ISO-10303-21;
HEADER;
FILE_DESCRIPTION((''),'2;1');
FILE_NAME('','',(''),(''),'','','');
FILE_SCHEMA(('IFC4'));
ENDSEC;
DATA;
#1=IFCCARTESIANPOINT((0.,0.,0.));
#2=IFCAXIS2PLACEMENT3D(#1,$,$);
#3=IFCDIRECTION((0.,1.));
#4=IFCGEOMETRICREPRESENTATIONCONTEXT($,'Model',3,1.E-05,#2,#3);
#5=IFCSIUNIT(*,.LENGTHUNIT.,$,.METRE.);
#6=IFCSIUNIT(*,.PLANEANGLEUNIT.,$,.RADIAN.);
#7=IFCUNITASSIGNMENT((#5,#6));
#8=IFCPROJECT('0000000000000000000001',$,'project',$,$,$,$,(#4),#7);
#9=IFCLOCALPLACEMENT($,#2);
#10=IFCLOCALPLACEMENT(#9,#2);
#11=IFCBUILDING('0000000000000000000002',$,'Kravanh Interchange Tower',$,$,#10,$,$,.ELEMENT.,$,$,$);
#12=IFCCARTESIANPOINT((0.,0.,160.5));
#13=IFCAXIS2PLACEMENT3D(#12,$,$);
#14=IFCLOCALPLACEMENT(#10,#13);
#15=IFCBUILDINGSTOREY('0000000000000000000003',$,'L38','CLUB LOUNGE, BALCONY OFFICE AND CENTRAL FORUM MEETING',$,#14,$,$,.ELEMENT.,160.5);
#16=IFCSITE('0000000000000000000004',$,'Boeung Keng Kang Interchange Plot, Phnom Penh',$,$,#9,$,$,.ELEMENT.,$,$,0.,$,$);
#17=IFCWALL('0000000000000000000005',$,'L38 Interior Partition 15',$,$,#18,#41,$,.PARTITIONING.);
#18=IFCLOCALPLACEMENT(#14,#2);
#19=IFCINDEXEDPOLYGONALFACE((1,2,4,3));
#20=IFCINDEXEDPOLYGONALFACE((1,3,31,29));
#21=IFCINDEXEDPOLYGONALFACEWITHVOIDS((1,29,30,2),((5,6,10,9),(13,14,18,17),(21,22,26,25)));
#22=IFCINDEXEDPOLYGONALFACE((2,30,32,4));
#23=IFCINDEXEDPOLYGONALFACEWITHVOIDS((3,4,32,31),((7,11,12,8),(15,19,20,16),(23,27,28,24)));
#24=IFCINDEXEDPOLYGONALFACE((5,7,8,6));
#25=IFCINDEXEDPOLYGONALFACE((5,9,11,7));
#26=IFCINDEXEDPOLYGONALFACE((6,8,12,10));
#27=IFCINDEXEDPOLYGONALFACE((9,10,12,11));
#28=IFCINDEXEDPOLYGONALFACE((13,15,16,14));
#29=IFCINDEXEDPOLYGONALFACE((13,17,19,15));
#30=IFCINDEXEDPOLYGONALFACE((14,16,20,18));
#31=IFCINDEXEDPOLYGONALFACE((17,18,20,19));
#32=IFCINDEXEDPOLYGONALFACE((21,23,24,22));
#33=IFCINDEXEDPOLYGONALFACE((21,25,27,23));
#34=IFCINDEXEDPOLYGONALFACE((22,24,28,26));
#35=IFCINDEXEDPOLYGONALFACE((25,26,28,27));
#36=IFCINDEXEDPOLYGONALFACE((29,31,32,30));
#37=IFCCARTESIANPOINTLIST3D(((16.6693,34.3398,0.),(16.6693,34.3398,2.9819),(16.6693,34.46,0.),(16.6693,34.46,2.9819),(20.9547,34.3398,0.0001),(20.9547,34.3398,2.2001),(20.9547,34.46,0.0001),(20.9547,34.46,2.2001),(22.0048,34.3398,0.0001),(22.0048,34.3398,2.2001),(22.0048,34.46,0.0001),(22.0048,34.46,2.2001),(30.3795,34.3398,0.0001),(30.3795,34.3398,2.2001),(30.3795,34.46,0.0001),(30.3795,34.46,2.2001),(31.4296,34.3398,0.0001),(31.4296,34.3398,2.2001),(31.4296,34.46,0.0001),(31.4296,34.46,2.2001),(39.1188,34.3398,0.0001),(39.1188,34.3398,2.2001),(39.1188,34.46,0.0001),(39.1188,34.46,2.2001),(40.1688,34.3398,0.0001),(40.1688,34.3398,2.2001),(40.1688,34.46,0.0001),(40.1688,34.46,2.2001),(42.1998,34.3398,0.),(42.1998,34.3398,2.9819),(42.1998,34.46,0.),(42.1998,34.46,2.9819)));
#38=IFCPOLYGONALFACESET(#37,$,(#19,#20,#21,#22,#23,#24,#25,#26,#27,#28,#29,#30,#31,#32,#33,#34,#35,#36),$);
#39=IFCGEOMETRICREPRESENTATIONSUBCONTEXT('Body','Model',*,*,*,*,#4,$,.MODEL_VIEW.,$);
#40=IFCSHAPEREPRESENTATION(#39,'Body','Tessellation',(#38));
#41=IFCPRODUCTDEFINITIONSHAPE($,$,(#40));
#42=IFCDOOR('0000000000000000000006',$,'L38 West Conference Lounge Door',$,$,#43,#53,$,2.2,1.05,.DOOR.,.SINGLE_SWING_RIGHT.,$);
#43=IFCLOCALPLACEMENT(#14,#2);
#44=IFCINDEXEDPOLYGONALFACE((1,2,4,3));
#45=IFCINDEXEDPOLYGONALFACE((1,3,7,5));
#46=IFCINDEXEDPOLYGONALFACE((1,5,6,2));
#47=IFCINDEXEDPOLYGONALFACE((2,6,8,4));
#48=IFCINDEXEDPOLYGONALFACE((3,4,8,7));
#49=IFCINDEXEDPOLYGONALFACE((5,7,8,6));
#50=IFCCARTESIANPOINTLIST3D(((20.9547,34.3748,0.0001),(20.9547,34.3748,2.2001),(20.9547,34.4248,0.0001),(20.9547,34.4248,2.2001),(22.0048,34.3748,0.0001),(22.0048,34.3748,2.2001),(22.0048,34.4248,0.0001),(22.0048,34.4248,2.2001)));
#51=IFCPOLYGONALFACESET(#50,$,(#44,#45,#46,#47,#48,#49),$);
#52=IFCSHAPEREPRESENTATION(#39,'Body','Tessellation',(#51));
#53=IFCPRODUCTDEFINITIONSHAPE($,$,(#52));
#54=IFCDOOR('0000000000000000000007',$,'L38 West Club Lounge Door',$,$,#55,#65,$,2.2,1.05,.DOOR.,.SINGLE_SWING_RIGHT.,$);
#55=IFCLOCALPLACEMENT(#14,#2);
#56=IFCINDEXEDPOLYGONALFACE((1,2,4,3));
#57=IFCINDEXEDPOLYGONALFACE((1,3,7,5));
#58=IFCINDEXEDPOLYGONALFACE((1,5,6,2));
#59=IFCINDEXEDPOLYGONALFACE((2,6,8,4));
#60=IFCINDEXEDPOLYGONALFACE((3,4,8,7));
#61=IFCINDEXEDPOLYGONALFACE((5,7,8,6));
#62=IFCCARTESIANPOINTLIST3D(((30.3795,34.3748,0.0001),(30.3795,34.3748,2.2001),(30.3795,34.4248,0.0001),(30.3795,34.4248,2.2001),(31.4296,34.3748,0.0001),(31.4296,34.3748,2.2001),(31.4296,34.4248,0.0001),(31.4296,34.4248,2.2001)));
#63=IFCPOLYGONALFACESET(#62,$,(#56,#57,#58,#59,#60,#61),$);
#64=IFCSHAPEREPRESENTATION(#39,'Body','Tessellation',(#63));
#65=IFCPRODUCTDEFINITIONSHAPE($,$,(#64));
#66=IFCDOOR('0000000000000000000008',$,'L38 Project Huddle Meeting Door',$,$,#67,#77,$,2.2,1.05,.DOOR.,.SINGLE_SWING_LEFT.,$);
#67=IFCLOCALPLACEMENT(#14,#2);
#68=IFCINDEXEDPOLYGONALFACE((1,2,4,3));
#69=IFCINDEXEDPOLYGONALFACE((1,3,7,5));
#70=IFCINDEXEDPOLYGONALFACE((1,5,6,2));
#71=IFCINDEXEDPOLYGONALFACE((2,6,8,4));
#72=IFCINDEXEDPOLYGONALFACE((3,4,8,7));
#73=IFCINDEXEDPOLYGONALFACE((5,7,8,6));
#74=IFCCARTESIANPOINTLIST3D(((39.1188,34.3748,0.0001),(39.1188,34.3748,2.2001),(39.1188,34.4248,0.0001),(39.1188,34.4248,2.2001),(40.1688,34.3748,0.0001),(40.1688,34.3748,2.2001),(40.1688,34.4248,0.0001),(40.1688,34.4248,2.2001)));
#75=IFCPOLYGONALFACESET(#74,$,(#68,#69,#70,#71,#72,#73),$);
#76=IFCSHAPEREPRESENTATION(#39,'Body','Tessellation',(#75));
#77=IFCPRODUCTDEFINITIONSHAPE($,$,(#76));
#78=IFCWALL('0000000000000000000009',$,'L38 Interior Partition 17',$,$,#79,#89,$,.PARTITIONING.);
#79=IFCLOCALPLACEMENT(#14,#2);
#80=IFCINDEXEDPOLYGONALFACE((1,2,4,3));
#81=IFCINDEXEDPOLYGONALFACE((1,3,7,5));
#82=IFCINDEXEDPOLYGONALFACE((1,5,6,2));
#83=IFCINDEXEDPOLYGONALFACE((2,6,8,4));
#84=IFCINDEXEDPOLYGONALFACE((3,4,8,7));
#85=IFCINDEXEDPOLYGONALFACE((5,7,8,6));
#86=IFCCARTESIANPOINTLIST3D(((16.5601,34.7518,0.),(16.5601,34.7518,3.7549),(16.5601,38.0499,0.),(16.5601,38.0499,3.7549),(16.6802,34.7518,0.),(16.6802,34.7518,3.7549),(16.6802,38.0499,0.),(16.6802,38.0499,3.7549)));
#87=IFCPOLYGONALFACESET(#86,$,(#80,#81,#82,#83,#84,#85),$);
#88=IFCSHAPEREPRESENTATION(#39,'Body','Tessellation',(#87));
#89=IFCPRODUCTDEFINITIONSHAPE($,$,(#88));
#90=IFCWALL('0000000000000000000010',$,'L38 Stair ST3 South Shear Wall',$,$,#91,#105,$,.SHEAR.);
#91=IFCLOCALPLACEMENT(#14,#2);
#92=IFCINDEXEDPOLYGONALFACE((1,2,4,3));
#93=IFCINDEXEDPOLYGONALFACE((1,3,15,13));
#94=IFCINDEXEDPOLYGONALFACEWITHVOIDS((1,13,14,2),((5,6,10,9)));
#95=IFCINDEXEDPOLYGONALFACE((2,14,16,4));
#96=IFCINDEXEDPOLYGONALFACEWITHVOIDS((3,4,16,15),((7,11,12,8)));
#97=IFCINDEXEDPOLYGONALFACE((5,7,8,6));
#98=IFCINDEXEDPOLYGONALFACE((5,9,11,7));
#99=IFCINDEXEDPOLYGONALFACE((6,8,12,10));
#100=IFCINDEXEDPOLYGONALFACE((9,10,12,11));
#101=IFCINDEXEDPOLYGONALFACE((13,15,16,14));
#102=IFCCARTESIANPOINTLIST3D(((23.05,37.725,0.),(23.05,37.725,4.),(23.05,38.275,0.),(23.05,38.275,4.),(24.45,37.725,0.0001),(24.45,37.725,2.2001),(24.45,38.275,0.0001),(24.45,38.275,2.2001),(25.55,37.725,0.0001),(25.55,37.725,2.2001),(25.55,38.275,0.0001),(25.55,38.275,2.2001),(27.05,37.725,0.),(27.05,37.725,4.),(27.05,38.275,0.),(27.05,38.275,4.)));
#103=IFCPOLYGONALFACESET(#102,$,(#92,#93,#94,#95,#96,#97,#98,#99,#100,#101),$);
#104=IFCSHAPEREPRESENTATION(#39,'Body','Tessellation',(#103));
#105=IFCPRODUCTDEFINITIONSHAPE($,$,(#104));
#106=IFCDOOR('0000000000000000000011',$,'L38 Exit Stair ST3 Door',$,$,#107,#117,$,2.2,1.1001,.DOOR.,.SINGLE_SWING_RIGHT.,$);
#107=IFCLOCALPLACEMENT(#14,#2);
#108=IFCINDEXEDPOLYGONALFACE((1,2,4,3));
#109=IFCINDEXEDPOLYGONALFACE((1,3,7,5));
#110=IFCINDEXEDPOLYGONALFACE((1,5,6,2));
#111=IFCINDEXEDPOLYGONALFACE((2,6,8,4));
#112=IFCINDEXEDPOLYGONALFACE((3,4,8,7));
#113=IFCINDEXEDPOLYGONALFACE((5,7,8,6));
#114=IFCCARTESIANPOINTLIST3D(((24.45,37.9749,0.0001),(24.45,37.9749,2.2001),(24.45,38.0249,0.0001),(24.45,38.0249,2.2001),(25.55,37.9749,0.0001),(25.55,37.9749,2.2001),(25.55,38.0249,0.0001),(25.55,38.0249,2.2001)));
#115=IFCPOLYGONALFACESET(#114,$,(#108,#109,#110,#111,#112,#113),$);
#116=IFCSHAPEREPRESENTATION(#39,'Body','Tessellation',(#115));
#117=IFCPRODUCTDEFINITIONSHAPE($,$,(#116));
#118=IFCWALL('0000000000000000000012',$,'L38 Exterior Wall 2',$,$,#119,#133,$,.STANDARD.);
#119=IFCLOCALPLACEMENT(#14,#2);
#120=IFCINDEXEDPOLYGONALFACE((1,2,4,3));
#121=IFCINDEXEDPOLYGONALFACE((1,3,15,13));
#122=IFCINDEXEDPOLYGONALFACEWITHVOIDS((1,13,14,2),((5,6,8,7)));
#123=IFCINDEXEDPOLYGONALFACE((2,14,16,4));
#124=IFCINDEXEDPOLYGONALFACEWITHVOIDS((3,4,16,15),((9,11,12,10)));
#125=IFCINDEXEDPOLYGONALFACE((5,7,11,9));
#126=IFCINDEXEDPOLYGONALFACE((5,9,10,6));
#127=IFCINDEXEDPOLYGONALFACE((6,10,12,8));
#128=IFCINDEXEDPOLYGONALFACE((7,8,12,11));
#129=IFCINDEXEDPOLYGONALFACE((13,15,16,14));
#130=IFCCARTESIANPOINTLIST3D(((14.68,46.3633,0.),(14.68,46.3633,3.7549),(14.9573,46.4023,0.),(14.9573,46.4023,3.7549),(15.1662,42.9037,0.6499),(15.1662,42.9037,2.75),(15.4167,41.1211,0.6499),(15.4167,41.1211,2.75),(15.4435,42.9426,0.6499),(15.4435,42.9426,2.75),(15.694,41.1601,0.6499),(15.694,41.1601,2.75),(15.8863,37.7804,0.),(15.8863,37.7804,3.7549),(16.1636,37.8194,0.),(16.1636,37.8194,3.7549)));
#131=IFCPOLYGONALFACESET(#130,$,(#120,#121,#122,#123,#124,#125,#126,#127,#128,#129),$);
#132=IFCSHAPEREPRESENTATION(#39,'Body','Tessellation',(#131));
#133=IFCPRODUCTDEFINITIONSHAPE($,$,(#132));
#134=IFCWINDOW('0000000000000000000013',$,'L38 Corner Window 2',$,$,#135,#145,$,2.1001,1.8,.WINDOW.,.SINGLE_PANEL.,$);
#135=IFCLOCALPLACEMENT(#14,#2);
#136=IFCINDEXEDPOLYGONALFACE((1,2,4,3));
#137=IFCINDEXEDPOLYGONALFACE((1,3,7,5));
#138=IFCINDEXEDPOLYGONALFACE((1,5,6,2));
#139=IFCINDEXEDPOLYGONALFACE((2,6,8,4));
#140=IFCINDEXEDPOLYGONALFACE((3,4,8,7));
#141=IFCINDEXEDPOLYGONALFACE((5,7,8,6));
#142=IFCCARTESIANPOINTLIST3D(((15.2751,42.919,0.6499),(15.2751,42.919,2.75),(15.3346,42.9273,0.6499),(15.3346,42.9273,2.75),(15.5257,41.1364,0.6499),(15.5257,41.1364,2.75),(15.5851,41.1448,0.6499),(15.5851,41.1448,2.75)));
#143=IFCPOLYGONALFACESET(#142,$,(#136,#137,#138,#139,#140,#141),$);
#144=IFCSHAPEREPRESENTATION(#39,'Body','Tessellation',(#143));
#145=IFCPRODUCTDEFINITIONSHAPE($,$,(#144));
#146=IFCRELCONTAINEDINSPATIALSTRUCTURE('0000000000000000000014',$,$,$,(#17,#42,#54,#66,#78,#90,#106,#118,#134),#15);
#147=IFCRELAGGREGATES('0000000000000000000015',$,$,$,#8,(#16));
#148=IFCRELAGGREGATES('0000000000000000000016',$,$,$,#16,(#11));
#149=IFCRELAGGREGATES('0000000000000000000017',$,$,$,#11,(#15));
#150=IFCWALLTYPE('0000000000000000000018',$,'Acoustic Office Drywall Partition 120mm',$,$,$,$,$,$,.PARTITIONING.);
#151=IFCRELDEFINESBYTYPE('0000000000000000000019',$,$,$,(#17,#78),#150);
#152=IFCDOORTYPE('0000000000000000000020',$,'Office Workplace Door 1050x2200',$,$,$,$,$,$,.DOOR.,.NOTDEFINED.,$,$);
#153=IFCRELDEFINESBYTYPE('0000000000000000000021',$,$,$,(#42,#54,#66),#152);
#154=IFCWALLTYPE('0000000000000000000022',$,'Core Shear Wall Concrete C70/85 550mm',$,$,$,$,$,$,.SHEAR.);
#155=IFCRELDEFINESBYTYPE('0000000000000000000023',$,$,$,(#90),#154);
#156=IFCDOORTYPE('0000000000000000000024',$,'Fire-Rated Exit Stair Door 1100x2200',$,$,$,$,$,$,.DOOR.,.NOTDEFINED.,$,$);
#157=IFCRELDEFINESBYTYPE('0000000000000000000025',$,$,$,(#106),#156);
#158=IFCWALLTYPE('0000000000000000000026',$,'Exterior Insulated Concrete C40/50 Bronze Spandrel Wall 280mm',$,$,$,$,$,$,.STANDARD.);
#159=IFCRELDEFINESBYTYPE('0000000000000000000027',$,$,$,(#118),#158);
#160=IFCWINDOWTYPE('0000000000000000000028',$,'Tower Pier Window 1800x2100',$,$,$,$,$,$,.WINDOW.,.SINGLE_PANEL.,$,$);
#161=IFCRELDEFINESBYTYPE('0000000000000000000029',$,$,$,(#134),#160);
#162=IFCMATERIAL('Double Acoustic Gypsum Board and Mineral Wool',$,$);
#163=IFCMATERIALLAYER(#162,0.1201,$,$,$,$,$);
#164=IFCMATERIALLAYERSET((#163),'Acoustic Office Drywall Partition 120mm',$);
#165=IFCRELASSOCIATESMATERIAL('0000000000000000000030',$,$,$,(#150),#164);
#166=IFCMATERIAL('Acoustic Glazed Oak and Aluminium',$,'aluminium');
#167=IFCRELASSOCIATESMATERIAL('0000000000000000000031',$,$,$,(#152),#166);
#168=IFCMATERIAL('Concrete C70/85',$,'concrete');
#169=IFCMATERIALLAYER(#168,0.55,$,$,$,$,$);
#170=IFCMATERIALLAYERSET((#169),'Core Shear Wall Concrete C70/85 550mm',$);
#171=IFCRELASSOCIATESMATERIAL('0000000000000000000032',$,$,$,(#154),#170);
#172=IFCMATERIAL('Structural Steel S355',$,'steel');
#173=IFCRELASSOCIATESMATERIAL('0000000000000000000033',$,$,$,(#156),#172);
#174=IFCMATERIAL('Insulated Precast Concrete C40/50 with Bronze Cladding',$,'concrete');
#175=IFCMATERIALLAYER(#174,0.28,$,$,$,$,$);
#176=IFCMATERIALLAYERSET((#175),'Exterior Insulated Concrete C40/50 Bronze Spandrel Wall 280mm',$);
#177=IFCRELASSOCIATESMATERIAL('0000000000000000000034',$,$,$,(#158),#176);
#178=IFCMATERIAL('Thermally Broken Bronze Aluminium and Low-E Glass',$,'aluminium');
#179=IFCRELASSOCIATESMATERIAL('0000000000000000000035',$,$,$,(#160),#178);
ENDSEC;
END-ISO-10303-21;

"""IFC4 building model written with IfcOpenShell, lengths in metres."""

from ifc_helpers import new_model, si_unit, direction, frame, frame_2d, origin, place, context, subcontext, project, spatial, rectangle, extrude, material, layer, layer_set, type_object, element, fill, save


model = new_model("IFC4")

# Units and contexts
model_context = context("Model", 3, precision=1e-05, world=origin(), true_north=direction((0.0, 1.0)))
body_context = subcontext(model_context, "Body", "Model", "MODEL_VIEW")
ifc_project = project(units=[si_unit("LENGTHUNIT", "METRE"), si_unit("PLANEANGLEUNIT", "RADIAN")], contexts=[model_context])

# Site, building, storey
site_placement = place(None, origin())
site = spatial("IfcSite", under=ifc_project, at=site_placement, Name="Boeung Keng Kang Interchange Plot, Phnom Penh", CompositionType="ELEMENT", RefElevation=0.0)
building_placement = place(site_placement, origin())
building = spatial("IfcBuilding", under=site, at=building_placement, Name="Kravanh Interchange Tower", CompositionType="ELEMENT")
storey_placement = place(building_placement, frame((0.0, 0.0, 160.5)))
storey = spatial("IfcBuildingStorey", under=building, at=storey_placement, Name="L38", Description="CLUB LOUNGE, BALCONY OFFICE AND CENTRAL FORUM MEETING", CompositionType="ELEMENT", Elevation=160.5)

# Shared definitions
ifc_material_1 = material(Name="Double Acoustic Gypsum Board and Mineral Wool")
ifc_layer_1 = layer(ifc_material_1, 0.1201)
ifc_layer_set_1 = layer_set([ifc_layer_1], Name="Acoustic Office Drywall Partition 120mm")
wall_type_1 = type_object("IfcWallType", Name="Acoustic Office Drywall Partition 120mm", PredefinedType="PARTITIONING", material=ifc_layer_set_1)

# Wall, openings, doors
wall_1_placement = place(storey_placement, frame((16.6694, 34.3999, 0.0), z_axis=(0.0, 0.0, 1.0), x_axis=(1.0, 0.0, 0.0)))
wall_1 = element("IfcWall", 1, at=wall_1_placement, inside=storey, type_object=wall_type_1, Name="L38 Interior Partition 15", PredefinedType="PARTITIONING", context=body_context, shape_type="SweptSolid", body=[
    extrude(rectangle(XDim=25.5305, YDim=0.1201, at=frame_2d((12.7651, 0.0))), origin(), (0.0, 0.0, 1.0), 2.9819),
])
opening_1_placement = place(wall_1_placement, frame((4.2854, 0.0, 0.0)))
opening_1 = element("IfcOpeningElement", 2, at=opening_1_placement, cuts=wall_1, PredefinedType="OPENING", context=body_context, shape_type="SweptSolid", body=[
    extrude(rectangle(XDim=1.05, YDim=2.2, at=frame_2d((0.5249, 1.1001))), frame((0.0, 0.0701, 0.0), z_axis=(0.0, -1.0, 0.0), x_axis=(1.0, 0.0, 0.0)), (0.0, 0.0, 1.0), 0.1401),
])
opening_2_placement = place(wall_1_placement, frame((13.7102, 0.0, 0.0)))
opening_2 = element("IfcOpeningElement", 3, at=opening_2_placement, cuts=wall_1, PredefinedType="OPENING", context=body_context, shape_type="SweptSolid", body=[
    extrude(rectangle(XDim=1.05, YDim=2.2, at=frame_2d((0.5249, 1.1001))), frame((0.0, 0.0701, 0.0), z_axis=(0.0, -1.0, 0.0), x_axis=(1.0, 0.0, 0.0)), (0.0, 0.0, 1.0), 0.1401),
])
opening_3_placement = place(wall_1_placement, frame((22.4495, 0.0, 0.0)))
opening_3 = element("IfcOpeningElement", 4, at=opening_3_placement, cuts=wall_1, PredefinedType="OPENING", context=body_context, shape_type="SweptSolid", body=[
    extrude(rectangle(XDim=1.05, YDim=2.2, at=frame_2d((0.5249, 1.1001))), frame((0.0, 0.0701, 0.0), z_axis=(0.0, -1.0, 0.0), x_axis=(1.0, 0.0, 0.0)), (0.0, 0.0, 1.0), 0.1401),
])
ifc_material_2 = material(Name="Acoustic Glazed Oak and Aluminium", Category="aluminium")
door_type_1 = type_object("IfcDoorType", Name="Office Workplace Door 1050x2200", OperationType="NOTDEFINED", PredefinedType="DOOR", material=ifc_material_2)
door_1_placement = place(opening_1_placement, origin())
door_1 = element("IfcDoor", 5, at=door_1_placement, inside=storey, type_object=door_type_1, Name="L38 West Conference Lounge Door", OperationType="SINGLE_SWING_RIGHT", OverallHeight=2.2, OverallWidth=1.05, PredefinedType="DOOR", context=body_context, shape_type="SweptSolid", body=[
    extrude(rectangle(XDim=1.05, YDim=2.2, at=frame_2d((0.5249, 1.1001))), frame((0.0, 0.0249, 0.0), z_axis=(0.0, -1.0, 0.0), x_axis=(1.0, 0.0, 0.0)), (0.0, 0.0, 1.0), 0.05),
])
fill(opening_1, door_1)
door_2_placement = place(opening_2_placement, origin())
door_2 = element("IfcDoor", 6, at=door_2_placement, inside=storey, type_object=door_type_1, Name="L38 West Club Lounge Door", OperationType="SINGLE_SWING_RIGHT", OverallHeight=2.2, OverallWidth=1.05, PredefinedType="DOOR", context=body_context, shape_type="SweptSolid", body=[
    extrude(rectangle(XDim=1.05, YDim=2.2, at=frame_2d((0.5249, 1.1001))), frame((0.0, 0.0249, 0.0), z_axis=(0.0, -1.0, 0.0), x_axis=(1.0, 0.0, 0.0)), (0.0, 0.0, 1.0), 0.05),
])
fill(opening_2, door_2)
door_3_placement = place(opening_3_placement, origin())
door_3 = element("IfcDoor", 7, at=door_3_placement, inside=storey, type_object=door_type_1, Name="L38 Project Huddle Meeting Door", OperationType="SINGLE_SWING_LEFT", OverallHeight=2.2, OverallWidth=1.05, PredefinedType="DOOR", context=body_context, shape_type="SweptSolid", body=[
    extrude(rectangle(XDim=1.05, YDim=2.2, at=frame_2d((0.5249, 1.1001))), frame((0.0, 0.0249, 0.0), z_axis=(0.0, -1.0, 0.0), x_axis=(1.0, 0.0, 0.0)), (0.0, 0.0, 1.0), 0.05),
])
fill(opening_3, door_3)

# Wall
wall_2_placement = place(storey_placement, frame((16.6201, 34.752, 0.0), z_axis=(0.0, 0.0, 1.0), x_axis=(0.0, 1.0, 0.0)))
element("IfcWall", 8, at=wall_2_placement, inside=storey, type_object=wall_type_1, Name="L38 Interior Partition 17", PredefinedType="PARTITIONING", context=body_context, shape_type="SweptSolid", body=[
    extrude(rectangle(XDim=3.2981, YDim=0.1201, at=frame_2d((1.6489, 0.0))), origin(), (0.0, 0.0, 1.0), 3.7549),
])

# Wall, opening, door
ifc_material_3 = material(Name="Concrete C70/85", Category="concrete")
ifc_layer_2 = layer(ifc_material_3, 0.55)
ifc_layer_set_2 = layer_set([ifc_layer_2], Name="Core Shear Wall Concrete C70/85 550mm")
wall_type_2 = type_object("IfcWallType", Name="Core Shear Wall Concrete C70/85 550mm", PredefinedType="SHEAR", material=ifc_layer_set_2)
wall_3_placement = place(storey_placement, frame((23.05, 38.0, 0.0), z_axis=(0.0, 0.0, 1.0), x_axis=(1.0, 0.0, 0.0)))
wall_3 = element("IfcWall", 9, at=wall_3_placement, inside=storey, type_object=wall_type_2, Name="L38 Stair ST3 South Shear Wall", PredefinedType="SHEAR", context=body_context, shape_type="SweptSolid", body=[
    extrude(rectangle(XDim=4.0, YDim=0.55, at=frame_2d((2.0, 0.0))), origin(), (0.0, 0.0, 1.0), 4.0),
])
opening_4_placement = place(wall_3_placement, frame((1.3999, 0.0, 0.0)))
opening_4 = element("IfcOpeningElement", 10, at=opening_4_placement, cuts=wall_3, PredefinedType="OPENING", context=body_context, shape_type="SweptSolid", body=[
    extrude(rectangle(XDim=1.1001, YDim=2.2, at=frame_2d((0.55, 1.1001))), frame((0.0, 0.2852, 0.0), z_axis=(0.0, -1.0, 0.0), x_axis=(1.0, 0.0, 0.0)), (0.0, 0.0, 1.0), 0.5701),
])
ifc_material_4 = material(Name="Structural Steel S355", Category="steel")
door_type_2 = type_object("IfcDoorType", Name="Fire-Rated Exit Stair Door 1100x2200", OperationType="NOTDEFINED", PredefinedType="DOOR", material=ifc_material_4)
door_4_placement = place(opening_4_placement, origin())
door_4 = element("IfcDoor", 11, at=door_4_placement, inside=storey, type_object=door_type_2, Name="L38 Exit Stair ST3 Door", OperationType="SINGLE_SWING_RIGHT", OverallHeight=2.2, OverallWidth=1.1001, PredefinedType="DOOR", context=body_context, shape_type="SweptSolid", body=[
    extrude(rectangle(XDim=1.1001, YDim=2.2, at=frame_2d((0.55, 1.1001))), frame((0.0, 0.0249, 0.0), z_axis=(0.0, -1.0, 0.0), x_axis=(1.0, 0.0, 0.0)), (0.0, 0.0, 1.0), 0.05),
])
fill(opening_4, door_4)

# Wall, opening, window
ifc_material_5 = material(Name="Insulated Precast Concrete C40/50 with Bronze Cladding", Category="concrete")
ifc_layer_3 = layer(ifc_material_5, 0.28)
ifc_layer_set_3 = layer_set([ifc_layer_3], Name="Exterior Insulated Concrete C40/50 Bronze Spandrel Wall 280mm")
wall_type_3 = type_object("IfcWallType", Name="Exterior Insulated Concrete C40/50 Bronze Spandrel Wall 280mm", PredefinedType="STANDARD", material=ifc_layer_set_3)
wall_4_placement = place(storey_placement, frame((16.0249, 37.8, 0.0), z_axis=(0.0, 0.0, 1.0), x_axis=(-0.139181, 0.990267, 0.0)))
wall_4 = element("IfcWall", 12, at=wall_4_placement, inside=storey, type_object=wall_type_3, Name="L38 Exterior Wall 2", PredefinedType="STANDARD", context=body_context, shape_type="SweptSolid", body=[
    extrude(rectangle(XDim=8.6672, YDim=0.28, at=frame_2d((4.3335, 0.0))), origin(), (0.0, 0.0, 1.0), 3.7549),
])
opening_5_placement = place(wall_4_placement, frame((3.3735, 0.0, 0.6499)))
opening_5 = element("IfcOpeningElement", 13, at=opening_5_placement, cuts=wall_4, PredefinedType="OPENING", context=body_context, shape_type="SweptSolid", body=[
    extrude(rectangle(XDim=1.8, YDim=2.1001, at=frame_2d((0.8999, 1.05))), frame((0.0, 0.1499, 0.0), z_axis=(0.0, -1.0, 0.0), x_axis=(1.0, 0.0, 0.0)), (0.0, 0.0, 1.0), 0.3),
])
ifc_material_6 = material(Name="Thermally Broken Bronze Aluminium and Low-E Glass", Category="aluminium")
window_type = type_object("IfcWindowType", Name="Tower Pier Window 1800x2100", PartitioningType="SINGLE_PANEL", PredefinedType="WINDOW", material=ifc_material_6)
window_placement = place(opening_5_placement, origin())
window = element("IfcWindow", 14, at=window_placement, inside=storey, type_object=window_type, Name="L38 Corner Window 2", OverallHeight=2.1001, OverallWidth=1.8, PartitioningType="SINGLE_PANEL", PredefinedType="WINDOW", context=body_context, shape_type="SweptSolid", body=[
    extrude(rectangle(XDim=1.8, YDim=2.1001, at=frame_2d((0.8999, 1.05))), frame((0.0, 0.03, 0.0), z_axis=(0.0, -1.0, 0.0), x_axis=(1.0, 0.0, 0.0)), (0.0, 0.0, 1.0), 0.0601),
])
fill(opening_5, window)

save(model, "model.ifc")
